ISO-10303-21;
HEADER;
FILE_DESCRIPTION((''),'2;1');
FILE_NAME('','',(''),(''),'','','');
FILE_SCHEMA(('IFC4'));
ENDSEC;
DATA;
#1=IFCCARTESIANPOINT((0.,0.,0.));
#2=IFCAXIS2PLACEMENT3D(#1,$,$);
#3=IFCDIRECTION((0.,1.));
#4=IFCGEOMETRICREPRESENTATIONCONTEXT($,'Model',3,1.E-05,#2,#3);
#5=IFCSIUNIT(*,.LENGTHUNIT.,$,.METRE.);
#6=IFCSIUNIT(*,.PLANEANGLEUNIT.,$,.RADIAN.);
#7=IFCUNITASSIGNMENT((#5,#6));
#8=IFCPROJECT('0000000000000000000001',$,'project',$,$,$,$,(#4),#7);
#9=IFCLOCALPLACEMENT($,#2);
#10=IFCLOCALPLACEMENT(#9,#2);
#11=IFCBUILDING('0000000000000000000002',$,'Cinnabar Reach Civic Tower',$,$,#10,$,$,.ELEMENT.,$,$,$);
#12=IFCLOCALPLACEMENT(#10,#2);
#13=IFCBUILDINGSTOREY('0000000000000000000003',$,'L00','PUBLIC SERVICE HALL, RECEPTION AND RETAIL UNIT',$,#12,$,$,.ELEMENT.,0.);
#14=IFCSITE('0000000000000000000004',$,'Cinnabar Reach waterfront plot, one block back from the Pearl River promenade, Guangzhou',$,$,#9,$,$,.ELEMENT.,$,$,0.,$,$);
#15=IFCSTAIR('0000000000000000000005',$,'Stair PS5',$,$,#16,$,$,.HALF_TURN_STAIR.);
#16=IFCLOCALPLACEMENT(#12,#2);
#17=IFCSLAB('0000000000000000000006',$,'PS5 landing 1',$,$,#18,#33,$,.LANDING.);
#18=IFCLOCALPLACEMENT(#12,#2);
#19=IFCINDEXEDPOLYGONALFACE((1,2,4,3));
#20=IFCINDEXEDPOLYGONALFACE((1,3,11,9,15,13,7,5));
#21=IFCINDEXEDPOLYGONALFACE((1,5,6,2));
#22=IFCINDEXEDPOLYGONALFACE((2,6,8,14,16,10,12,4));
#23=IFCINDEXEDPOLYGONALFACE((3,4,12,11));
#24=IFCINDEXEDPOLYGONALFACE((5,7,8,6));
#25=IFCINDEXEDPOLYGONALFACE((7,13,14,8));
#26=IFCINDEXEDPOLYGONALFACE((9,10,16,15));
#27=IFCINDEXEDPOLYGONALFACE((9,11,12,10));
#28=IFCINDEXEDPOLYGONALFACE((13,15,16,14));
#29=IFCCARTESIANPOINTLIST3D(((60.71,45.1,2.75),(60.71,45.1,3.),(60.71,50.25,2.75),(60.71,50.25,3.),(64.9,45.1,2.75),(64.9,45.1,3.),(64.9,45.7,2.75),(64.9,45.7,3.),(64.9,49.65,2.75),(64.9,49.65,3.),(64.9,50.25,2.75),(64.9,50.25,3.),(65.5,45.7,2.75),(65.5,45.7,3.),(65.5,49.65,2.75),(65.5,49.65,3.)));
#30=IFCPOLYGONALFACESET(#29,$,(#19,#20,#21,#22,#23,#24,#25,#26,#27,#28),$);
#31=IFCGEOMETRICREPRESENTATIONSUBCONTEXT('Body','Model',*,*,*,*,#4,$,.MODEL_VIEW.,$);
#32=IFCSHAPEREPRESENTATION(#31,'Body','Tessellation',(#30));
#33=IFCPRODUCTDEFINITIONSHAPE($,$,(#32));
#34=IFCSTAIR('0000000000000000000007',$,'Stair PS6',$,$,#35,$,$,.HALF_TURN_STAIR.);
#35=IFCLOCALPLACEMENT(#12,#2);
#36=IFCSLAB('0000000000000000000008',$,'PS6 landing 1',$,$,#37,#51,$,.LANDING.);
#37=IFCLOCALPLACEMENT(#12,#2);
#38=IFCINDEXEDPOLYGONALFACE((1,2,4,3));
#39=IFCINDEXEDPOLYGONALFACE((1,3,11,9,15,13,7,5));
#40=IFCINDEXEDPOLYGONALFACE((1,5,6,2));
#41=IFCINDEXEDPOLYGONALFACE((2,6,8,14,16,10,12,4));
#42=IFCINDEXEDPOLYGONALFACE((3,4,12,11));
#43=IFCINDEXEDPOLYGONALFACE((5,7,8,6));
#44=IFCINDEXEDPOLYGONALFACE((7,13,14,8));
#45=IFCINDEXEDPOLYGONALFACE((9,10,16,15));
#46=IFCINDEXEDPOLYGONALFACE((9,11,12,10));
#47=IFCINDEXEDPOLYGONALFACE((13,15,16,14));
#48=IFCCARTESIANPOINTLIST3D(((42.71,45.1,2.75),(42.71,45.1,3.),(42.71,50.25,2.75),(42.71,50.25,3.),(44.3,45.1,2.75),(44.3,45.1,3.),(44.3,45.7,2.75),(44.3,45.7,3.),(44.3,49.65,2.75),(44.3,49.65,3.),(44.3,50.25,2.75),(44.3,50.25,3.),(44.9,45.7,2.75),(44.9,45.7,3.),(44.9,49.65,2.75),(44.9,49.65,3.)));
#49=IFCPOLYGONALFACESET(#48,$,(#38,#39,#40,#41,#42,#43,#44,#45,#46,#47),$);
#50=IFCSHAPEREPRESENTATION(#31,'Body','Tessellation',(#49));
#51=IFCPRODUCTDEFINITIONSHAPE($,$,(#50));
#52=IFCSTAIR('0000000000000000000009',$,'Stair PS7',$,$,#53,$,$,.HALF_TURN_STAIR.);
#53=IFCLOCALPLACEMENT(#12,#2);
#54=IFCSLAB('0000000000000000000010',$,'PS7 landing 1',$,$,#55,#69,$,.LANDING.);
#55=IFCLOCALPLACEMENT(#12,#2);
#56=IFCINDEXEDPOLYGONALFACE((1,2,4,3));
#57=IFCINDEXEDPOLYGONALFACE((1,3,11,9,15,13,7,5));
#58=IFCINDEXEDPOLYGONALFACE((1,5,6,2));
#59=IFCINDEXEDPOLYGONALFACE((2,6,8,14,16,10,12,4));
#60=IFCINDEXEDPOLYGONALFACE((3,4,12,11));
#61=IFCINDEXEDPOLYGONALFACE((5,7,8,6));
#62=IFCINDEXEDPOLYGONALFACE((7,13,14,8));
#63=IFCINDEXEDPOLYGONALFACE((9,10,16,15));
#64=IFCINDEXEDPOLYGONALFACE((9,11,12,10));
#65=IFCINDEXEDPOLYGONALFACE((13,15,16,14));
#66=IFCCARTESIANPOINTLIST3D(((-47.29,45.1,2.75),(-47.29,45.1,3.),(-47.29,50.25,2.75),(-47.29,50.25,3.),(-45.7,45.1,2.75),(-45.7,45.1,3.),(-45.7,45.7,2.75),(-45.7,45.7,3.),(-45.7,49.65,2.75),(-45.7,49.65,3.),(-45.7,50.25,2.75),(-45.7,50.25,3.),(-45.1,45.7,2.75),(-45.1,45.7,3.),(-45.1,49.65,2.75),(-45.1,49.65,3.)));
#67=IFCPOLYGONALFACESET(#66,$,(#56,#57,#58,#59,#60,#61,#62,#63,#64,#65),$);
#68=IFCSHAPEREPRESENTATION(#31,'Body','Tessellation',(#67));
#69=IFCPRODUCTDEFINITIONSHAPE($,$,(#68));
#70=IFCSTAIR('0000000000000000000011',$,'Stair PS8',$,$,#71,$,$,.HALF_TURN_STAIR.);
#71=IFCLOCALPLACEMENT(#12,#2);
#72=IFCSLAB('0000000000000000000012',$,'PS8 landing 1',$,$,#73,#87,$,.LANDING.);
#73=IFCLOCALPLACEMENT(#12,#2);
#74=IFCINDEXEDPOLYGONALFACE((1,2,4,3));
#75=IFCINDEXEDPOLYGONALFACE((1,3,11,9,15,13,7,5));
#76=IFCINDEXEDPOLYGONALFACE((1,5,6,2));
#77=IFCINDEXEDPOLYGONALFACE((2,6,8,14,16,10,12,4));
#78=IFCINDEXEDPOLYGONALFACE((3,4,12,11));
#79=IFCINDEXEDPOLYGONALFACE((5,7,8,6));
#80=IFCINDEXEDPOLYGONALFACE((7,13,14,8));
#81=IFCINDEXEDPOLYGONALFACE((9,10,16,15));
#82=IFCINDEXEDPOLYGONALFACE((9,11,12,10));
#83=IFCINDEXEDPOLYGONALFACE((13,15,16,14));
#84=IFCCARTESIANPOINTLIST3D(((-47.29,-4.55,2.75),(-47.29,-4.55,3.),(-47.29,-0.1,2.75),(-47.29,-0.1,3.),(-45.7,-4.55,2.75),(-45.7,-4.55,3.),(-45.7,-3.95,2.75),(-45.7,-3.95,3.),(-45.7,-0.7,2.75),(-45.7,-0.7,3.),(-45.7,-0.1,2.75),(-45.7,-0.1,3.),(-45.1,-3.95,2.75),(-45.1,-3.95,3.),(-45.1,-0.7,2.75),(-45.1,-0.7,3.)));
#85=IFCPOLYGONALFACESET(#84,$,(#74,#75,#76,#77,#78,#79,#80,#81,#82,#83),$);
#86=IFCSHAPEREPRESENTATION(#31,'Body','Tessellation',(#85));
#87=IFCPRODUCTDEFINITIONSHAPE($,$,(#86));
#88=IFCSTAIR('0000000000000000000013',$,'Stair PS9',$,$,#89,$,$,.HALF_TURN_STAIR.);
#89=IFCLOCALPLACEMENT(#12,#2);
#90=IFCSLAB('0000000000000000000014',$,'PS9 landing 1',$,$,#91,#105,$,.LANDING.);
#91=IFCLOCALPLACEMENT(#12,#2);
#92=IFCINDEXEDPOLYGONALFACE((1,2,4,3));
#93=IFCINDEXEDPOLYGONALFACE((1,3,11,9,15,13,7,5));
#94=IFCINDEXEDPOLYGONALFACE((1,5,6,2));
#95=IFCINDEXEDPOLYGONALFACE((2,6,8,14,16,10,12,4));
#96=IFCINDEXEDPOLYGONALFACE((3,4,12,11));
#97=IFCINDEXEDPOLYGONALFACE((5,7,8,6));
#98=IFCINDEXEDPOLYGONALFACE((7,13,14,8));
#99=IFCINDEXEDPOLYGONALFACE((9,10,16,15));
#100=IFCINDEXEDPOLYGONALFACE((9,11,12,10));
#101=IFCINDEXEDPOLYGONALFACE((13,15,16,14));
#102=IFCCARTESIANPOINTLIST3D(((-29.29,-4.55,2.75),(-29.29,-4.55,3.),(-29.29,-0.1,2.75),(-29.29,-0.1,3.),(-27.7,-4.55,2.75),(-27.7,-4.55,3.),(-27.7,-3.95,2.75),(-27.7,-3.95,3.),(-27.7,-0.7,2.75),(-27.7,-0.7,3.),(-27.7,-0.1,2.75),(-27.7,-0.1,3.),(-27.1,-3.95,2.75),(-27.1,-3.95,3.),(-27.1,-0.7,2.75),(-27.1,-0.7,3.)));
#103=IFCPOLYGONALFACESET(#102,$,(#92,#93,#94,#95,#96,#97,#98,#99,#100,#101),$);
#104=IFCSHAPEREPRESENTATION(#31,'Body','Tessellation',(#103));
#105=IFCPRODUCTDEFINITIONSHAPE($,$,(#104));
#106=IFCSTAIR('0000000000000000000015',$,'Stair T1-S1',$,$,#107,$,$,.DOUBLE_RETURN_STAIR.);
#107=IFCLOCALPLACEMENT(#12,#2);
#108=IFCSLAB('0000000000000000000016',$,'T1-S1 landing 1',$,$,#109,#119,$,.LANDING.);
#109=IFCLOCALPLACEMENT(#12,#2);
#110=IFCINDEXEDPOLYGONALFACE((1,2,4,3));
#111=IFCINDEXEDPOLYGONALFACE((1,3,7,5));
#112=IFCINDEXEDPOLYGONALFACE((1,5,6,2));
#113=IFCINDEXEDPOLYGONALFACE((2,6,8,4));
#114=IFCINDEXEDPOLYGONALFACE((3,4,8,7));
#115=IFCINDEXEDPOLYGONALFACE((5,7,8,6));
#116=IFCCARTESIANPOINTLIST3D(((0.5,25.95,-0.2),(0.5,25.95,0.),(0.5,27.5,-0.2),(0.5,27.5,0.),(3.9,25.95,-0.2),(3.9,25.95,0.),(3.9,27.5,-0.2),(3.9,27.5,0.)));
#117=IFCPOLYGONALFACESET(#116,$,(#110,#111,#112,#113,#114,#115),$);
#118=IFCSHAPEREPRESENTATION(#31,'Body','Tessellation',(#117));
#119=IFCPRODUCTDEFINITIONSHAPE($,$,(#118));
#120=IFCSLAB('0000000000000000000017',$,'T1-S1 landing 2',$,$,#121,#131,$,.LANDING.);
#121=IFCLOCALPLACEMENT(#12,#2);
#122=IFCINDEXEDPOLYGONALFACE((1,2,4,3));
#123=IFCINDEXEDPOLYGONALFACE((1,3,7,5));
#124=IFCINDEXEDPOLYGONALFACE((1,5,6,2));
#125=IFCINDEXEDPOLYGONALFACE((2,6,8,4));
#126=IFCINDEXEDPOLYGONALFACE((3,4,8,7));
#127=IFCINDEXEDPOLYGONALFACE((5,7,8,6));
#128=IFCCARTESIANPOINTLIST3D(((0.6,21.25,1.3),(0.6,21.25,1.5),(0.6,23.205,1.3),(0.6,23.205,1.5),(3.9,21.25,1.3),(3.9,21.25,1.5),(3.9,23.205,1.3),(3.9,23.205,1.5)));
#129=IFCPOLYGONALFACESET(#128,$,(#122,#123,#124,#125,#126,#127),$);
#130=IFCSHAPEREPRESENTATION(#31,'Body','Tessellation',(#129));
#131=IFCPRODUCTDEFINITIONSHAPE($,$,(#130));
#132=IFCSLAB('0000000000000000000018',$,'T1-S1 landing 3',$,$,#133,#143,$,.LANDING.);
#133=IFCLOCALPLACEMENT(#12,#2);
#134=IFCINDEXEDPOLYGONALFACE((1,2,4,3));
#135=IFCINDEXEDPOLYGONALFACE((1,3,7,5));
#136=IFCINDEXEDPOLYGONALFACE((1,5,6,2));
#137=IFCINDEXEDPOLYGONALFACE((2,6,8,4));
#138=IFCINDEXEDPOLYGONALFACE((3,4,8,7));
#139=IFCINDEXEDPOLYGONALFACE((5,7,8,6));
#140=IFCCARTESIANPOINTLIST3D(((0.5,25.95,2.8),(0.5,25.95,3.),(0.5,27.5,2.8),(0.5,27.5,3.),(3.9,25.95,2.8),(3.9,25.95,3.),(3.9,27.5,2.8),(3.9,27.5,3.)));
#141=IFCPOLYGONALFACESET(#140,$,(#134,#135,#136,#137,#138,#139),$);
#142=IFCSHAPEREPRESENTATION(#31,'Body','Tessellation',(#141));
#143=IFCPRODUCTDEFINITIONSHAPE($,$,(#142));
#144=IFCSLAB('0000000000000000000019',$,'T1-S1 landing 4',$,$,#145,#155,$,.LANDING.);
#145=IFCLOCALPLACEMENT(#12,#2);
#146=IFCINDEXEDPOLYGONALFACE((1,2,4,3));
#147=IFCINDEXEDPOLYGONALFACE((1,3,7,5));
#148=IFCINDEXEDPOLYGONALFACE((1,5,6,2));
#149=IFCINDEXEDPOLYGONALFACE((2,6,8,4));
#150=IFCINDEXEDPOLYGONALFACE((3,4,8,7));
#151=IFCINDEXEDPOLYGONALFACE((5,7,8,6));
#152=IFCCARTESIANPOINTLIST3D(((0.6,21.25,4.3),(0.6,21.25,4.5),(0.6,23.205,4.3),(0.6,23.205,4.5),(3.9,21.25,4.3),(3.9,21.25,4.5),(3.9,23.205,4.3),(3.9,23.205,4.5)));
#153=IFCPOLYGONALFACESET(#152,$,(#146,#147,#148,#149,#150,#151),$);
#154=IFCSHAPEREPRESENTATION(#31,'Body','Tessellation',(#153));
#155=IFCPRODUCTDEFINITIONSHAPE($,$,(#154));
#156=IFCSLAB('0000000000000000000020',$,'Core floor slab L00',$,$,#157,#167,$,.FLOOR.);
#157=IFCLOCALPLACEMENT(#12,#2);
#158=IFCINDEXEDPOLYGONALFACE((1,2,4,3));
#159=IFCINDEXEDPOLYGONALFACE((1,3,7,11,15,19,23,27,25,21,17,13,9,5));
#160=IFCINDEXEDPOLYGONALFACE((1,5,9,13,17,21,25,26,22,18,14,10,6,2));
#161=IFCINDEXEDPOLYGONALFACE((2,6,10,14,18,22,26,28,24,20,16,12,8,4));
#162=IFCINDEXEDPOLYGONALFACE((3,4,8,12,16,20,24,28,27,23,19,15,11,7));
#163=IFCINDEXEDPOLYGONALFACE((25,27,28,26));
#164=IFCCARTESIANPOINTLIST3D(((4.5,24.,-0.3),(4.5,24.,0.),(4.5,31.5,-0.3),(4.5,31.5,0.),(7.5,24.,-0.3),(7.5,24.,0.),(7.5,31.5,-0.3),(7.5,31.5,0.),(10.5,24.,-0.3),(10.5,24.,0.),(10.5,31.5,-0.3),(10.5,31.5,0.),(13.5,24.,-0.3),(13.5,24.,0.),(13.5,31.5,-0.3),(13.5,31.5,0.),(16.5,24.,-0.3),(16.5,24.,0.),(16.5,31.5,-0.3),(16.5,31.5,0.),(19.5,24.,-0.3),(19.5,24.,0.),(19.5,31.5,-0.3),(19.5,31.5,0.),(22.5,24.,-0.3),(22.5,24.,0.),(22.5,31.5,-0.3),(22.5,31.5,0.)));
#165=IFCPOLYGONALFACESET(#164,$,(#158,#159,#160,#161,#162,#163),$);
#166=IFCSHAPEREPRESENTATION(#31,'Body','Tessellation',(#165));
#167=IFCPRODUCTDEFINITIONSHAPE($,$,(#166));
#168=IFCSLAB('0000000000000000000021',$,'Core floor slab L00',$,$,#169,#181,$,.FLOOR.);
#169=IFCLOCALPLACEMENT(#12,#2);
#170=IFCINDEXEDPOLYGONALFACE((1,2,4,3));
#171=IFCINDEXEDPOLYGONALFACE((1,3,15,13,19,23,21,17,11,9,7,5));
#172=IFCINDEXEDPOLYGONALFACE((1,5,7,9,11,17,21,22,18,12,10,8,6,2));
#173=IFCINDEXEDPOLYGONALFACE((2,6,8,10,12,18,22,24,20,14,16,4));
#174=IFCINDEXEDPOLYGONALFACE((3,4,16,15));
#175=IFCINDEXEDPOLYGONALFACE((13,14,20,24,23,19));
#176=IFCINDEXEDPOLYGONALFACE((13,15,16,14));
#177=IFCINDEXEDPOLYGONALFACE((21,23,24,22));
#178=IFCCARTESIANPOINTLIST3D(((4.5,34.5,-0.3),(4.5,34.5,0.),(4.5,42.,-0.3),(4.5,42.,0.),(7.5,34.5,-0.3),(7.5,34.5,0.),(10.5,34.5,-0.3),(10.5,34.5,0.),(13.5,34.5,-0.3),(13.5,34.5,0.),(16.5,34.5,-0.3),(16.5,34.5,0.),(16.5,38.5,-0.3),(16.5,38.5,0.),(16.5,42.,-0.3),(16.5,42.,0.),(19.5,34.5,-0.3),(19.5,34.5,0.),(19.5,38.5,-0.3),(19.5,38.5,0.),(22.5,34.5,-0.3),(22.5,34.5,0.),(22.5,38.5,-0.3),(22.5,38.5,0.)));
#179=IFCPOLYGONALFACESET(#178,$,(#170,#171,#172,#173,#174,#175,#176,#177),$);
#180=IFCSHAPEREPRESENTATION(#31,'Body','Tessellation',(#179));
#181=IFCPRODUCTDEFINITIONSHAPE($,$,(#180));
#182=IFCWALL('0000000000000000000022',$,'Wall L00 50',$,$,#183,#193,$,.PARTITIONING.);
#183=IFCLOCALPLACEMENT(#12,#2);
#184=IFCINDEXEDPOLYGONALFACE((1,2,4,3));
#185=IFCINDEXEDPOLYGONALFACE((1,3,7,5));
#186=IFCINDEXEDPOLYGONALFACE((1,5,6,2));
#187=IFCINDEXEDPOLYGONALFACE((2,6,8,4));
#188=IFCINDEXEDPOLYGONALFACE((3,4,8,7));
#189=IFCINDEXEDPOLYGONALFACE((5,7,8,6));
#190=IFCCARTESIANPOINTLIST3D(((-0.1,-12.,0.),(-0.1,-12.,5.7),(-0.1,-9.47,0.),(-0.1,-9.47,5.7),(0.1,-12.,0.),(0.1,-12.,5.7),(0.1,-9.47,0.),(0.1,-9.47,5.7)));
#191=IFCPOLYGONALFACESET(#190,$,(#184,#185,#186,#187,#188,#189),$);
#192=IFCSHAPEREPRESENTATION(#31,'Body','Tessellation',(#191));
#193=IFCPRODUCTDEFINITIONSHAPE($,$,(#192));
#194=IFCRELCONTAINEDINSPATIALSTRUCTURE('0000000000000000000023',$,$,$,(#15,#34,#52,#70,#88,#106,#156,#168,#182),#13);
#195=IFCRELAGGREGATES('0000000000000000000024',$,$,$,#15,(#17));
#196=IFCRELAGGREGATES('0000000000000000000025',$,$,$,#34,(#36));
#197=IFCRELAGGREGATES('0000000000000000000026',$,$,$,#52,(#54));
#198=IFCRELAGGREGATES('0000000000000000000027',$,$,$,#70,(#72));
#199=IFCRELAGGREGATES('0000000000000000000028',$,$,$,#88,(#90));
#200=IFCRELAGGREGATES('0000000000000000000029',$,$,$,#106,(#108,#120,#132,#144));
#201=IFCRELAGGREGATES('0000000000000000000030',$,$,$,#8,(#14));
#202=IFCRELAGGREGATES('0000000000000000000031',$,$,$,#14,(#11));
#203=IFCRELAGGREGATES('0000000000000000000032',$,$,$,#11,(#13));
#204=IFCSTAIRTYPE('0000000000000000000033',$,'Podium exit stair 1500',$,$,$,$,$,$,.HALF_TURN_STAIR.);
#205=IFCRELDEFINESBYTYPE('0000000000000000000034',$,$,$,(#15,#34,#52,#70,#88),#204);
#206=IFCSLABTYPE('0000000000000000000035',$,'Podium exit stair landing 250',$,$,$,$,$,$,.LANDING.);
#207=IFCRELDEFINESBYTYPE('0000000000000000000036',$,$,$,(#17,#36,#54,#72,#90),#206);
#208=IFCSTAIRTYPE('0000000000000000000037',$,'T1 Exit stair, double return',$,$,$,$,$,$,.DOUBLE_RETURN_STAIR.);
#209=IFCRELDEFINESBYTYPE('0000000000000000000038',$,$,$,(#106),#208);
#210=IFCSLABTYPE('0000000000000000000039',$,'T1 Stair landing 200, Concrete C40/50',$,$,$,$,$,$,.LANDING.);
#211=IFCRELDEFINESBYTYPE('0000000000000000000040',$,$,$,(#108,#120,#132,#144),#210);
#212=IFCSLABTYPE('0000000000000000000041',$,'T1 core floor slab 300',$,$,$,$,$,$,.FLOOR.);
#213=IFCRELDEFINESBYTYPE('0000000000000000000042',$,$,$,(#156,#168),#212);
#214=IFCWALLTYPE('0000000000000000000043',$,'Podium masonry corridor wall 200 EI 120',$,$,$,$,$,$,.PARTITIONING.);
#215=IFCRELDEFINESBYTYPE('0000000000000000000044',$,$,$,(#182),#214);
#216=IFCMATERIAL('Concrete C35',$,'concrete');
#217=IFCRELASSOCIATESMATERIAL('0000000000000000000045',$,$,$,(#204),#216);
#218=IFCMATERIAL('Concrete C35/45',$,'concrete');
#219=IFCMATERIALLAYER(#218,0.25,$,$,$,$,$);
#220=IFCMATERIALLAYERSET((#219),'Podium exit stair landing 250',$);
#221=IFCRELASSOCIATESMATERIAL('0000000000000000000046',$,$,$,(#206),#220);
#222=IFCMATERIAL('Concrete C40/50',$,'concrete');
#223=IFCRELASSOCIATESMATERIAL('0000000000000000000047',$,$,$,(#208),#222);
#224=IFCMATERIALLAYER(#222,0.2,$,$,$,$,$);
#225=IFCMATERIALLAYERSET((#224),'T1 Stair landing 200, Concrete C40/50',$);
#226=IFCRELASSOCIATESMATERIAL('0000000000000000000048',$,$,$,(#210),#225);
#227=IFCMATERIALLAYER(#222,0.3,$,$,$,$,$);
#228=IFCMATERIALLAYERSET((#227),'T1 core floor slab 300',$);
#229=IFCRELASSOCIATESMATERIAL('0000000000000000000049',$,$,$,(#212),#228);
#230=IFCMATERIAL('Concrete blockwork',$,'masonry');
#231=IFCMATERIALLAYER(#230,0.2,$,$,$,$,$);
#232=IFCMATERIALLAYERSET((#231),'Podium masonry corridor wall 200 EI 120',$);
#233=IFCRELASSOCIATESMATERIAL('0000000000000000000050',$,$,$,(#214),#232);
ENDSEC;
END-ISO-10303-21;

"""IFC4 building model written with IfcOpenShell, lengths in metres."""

from ifc_helpers import new_model, si_unit, direction, frame, frame_2d, origin, place, context, subcontext, project, spatial, polyline, rectangle, outline, extrude, material, layer, layer_set, type_object, element, aggregate, save


model = new_model("IFC4")

# Units and contexts
model_context = context("Model", 3, precision=1e-05, world=origin(), true_north=direction((0.0, 1.0)))
body_context = subcontext(model_context, "Body", "Model", "MODEL_VIEW")
ifc_project = project(units=[si_unit("LENGTHUNIT", "METRE"), si_unit("PLANEANGLEUNIT", "RADIAN")], contexts=[model_context])

# Site, building, storey
site_placement = place(None, origin())
site = spatial("IfcSite", under=ifc_project, at=site_placement, Name="Cinnabar Reach waterfront plot, one block back from the Pearl River promenade, Guangzhou", CompositionType="ELEMENT", RefElevation=0.0)
building_placement = place(site_placement, origin())
building = spatial("IfcBuilding", under=site, at=building_placement, Name="Cinnabar Reach Civic Tower", CompositionType="ELEMENT")
storey_placement = place(building_placement, origin())
storey = spatial("IfcBuildingStorey", under=building, at=storey_placement, Name="L00", Description="PUBLIC SERVICE HALL, RECEPTION AND RETAIL UNIT", CompositionType="ELEMENT", Elevation=0.0)

# Stairs, slabs
ifc_material_1 = material(Name="Concrete C35", Category="concrete")
stair_type_1 = type_object("IfcStairType", Name="Podium exit stair 1500", PredefinedType="HALF_TURN_STAIR", material=ifc_material_1)
stair_1_placement = place(storey_placement, origin())
stair_1 = element("IfcStair", 1, at=stair_1_placement, inside=storey, type_object=stair_type_1, Name="Stair PS5", PredefinedType="HALF_TURN_STAIR")
ifc_material_2 = material(Name="Concrete C35/45", Category="concrete")
ifc_layer_1 = layer(ifc_material_2, 0.25)
ifc_layer_set_1 = layer_set([ifc_layer_1], Name="Podium exit stair landing 250")
slab_type_1 = type_object("IfcSlabType", Name="Podium exit stair landing 250", PredefinedType="LANDING", material=ifc_layer_set_1)
slab_1_placement = place(storey_placement, frame((0.0, 0.0, 2.75)))
slab_1 = element("IfcSlab", 2, at=slab_1_placement, type_object=slab_type_1, Name="PS5 landing 1", PredefinedType="LANDING", context=body_context, shape_type="SweptSolid", body=[
    extrude(outline(polyline([(65.5, 45.7), (64.9, 45.7), (64.9, 45.1), (60.71, 45.1), (60.71, 50.25), (64.9, 50.25), (64.9, 49.65), (65.5, 49.65), (65.5, 45.7)])), origin(), (0.0, 0.0, 1.0), 0.25),
])
aggregate(stair_1, [slab_1])
stair_2_placement = place(storey_placement, origin())
stair_2 = element("IfcStair", 3, at=stair_2_placement, inside=storey, type_object=stair_type_1, Name="Stair PS6", PredefinedType="HALF_TURN_STAIR")
slab_2_placement = place(storey_placement, frame((0.0, 0.0, 2.75)))
slab_2 = element("IfcSlab", 4, at=slab_2_placement, type_object=slab_type_1, Name="PS6 landing 1", PredefinedType="LANDING", context=body_context, shape_type="SweptSolid", body=[
    extrude(outline(polyline([(44.9, 45.7), (44.3, 45.7), (44.3, 45.1), (42.71, 45.1), (42.71, 50.25), (44.3, 50.25), (44.3, 49.65), (44.9, 49.65), (44.9, 45.7)])), origin(), (0.0, 0.0, 1.0), 0.25),
])
aggregate(stair_2, [slab_2])
stair_3_placement = place(storey_placement, origin())
stair_3 = element("IfcStair", 5, at=stair_3_placement, inside=storey, type_object=stair_type_1, Name="Stair PS7", PredefinedType="HALF_TURN_STAIR")
slab_3_placement = place(storey_placement, frame((0.0, 0.0, 2.75)))
slab_3 = element("IfcSlab", 6, at=slab_3_placement, type_object=slab_type_1, Name="PS7 landing 1", PredefinedType="LANDING", context=body_context, shape_type="SweptSolid", body=[
    extrude(outline(polyline([(-45.1, 45.7), (-45.7, 45.7), (-45.7, 45.1), (-47.29, 45.1), (-47.29, 50.25), (-45.7, 50.25), (-45.7, 49.65), (-45.1, 49.65), (-45.1, 45.7)])), origin(), (0.0, 0.0, 1.0), 0.25),
])
aggregate(stair_3, [slab_3])
stair_4_placement = place(storey_placement, origin())
stair_4 = element("IfcStair", 7, at=stair_4_placement, inside=storey, type_object=stair_type_1, Name="Stair PS8", PredefinedType="HALF_TURN_STAIR")
slab_4_placement = place(storey_placement, frame((0.0, 0.0, 2.75)))
slab_4 = element("IfcSlab", 8, at=slab_4_placement, type_object=slab_type_1, Name="PS8 landing 1", PredefinedType="LANDING", context=body_context, shape_type="SweptSolid", body=[
    extrude(outline(polyline([(-45.1, -3.95), (-45.7, -3.95), (-45.7, -4.55), (-47.29, -4.55), (-47.29, -0.1), (-45.7, -0.1), (-45.7, -0.7), (-45.1, -0.7), (-45.1, -3.95)])), origin(), (0.0, 0.0, 1.0), 0.25),
])
aggregate(stair_4, [slab_4])
stair_5_placement = place(storey_placement, origin())
stair_5 = element("IfcStair", 9, at=stair_5_placement, inside=storey, type_object=stair_type_1, Name="Stair PS9", PredefinedType="HALF_TURN_STAIR")
slab_5_placement = place(storey_placement, frame((0.0, 0.0, 2.75)))
slab_5 = element("IfcSlab", 10, at=slab_5_placement, type_object=slab_type_1, Name="PS9 landing 1", PredefinedType="LANDING", context=body_context, shape_type="SweptSolid", body=[
    extrude(outline(polyline([(-27.1, -3.95), (-27.7, -3.95), (-27.7, -4.55), (-29.29, -4.55), (-29.29, -0.1), (-27.7, -0.1), (-27.7, -0.7), (-27.1, -0.7), (-27.1, -3.95)])), origin(), (0.0, 0.0, 1.0), 0.25),
])
aggregate(stair_5, [slab_5])

# Stair, slabs
ifc_material_3 = material(Name="Concrete C40/50", Category="concrete")
stair_type_2 = type_object("IfcStairType", Name="T1 Exit stair, double return", PredefinedType="DOUBLE_RETURN_STAIR", material=ifc_material_3)
stair_6_placement = place(storey_placement, origin())
stair_6 = element("IfcStair", 11, at=stair_6_placement, inside=storey, type_object=stair_type_2, Name="Stair T1-S1", PredefinedType="DOUBLE_RETURN_STAIR")
ifc_layer_2 = layer(ifc_material_3, 0.2)
ifc_layer_set_2 = layer_set([ifc_layer_2], Name="T1 Stair landing 200, Concrete C40/50")
slab_type_2 = type_object("IfcSlabType", Name="T1 Stair landing 200, Concrete C40/50", PredefinedType="LANDING", material=ifc_layer_set_2)
slab_6_placement = place(storey_placement, frame((0.0, 0.0, -0.2)))
slab_6 = element("IfcSlab", 12, at=slab_6_placement, type_object=slab_type_2, Name="T1-S1 landing 1", PredefinedType="LANDING", context=body_context, shape_type="SweptSolid", body=[
    extrude(outline(polyline([(3.9, 25.95), (3.9, 27.5), (0.5, 27.5), (0.5, 25.95), (3.9, 25.95)])), origin(), (0.0, 0.0, 1.0), 0.2),
])
slab_7_placement = place(storey_placement, frame((0.0, 0.0, 1.3)))
slab_7 = element("IfcSlab", 13, at=slab_7_placement, type_object=slab_type_2, Name="T1-S1 landing 2", PredefinedType="LANDING", context=body_context, shape_type="SweptSolid", body=[
    extrude(outline(polyline([(3.9, 21.25), (3.9, 23.205), (0.6, 23.205), (0.6, 21.25), (3.9, 21.25)])), origin(), (0.0, 0.0, 1.0), 0.2),
])
slab_8_placement = place(storey_placement, frame((0.0, 0.0, 2.8)))
slab_8 = element("IfcSlab", 14, at=slab_8_placement, type_object=slab_type_2, Name="T1-S1 landing 3", PredefinedType="LANDING", context=body_context, shape_type="SweptSolid", body=[
    extrude(outline(polyline([(3.9, 25.95), (3.9, 27.5), (0.5, 27.5), (0.5, 25.95), (3.9, 25.95)])), origin(), (0.0, 0.0, 1.0), 0.2),
])
slab_9_placement = place(storey_placement, frame((0.0, 0.0, 4.3)))
slab_9 = element("IfcSlab", 15, at=slab_9_placement, type_object=slab_type_2, Name="T1-S1 landing 4", PredefinedType="LANDING", context=body_context, shape_type="SweptSolid", body=[
    extrude(outline(polyline([(3.9, 21.25), (3.9, 23.205), (0.6, 23.205), (0.6, 21.25), (3.9, 21.25)])), origin(), (0.0, 0.0, 1.0), 0.2),
])
aggregate(stair_6, [slab_6, slab_7, slab_8, slab_9])

# Slabs
ifc_layer_3 = layer(ifc_material_3, 0.3)
ifc_layer_set_3 = layer_set([ifc_layer_3], Name="T1 core floor slab 300")
slab_type_3 = type_object("IfcSlabType", Name="T1 core floor slab 300", PredefinedType="FLOOR", material=ifc_layer_set_3)
slab_10_placement = place(storey_placement, frame((0.0, 0.0, -0.3)))
element("IfcSlab", 16, at=slab_10_placement, inside=storey, type_object=slab_type_3, Name="Core floor slab L00", PredefinedType="FLOOR", context=body_context, shape_type="SweptSolid", body=[
    extrude(outline(polyline([(22.5, 24.0), (19.5, 24.0), (16.5, 24.0), (13.5, 24.0), (10.5, 24.0), (7.5, 24.0), (4.5, 24.0), (4.5, 31.5), (7.5, 31.5), (10.5, 31.5), (13.5, 31.5), (16.5, 31.5), (19.5, 31.5), (22.5, 31.5), (22.5, 24.0)])), origin(), (0.0, 0.0, 1.0), 0.3),
])
slab_11_placement = place(storey_placement, frame((0.0, 0.0, -0.3)))
element("IfcSlab", 17, at=slab_11_placement, inside=storey, type_object=slab_type_3, Name="Core floor slab L00", PredefinedType="FLOOR", context=body_context, shape_type="SweptSolid", body=[
    extrude(outline(polyline([(22.5, 34.5), (19.5, 34.5), (16.5, 34.5), (13.5, 34.5), (10.5, 34.5), (7.5, 34.5), (4.5, 34.5), (4.5, 42.0), (16.5, 42.0), (16.5, 38.5), (19.5, 38.5), (22.5, 38.5), (22.5, 34.5)])), origin(), (0.0, 0.0, 1.0), 0.3),
])

# Wall
ifc_material_4 = material(Name="Concrete blockwork", Category="masonry")
ifc_layer_4 = layer(ifc_material_4, 0.2)
ifc_layer_set_4 = layer_set([ifc_layer_4], Name="Podium masonry corridor wall 200 EI 120")
wall_type = type_object("IfcWallType", Name="Podium masonry corridor wall 200 EI 120", PredefinedType="PARTITIONING", material=ifc_layer_set_4)
wall_1_placement = place(storey_placement, frame((0.0, -12.0, 0.0), z_axis=(0.0, 0.0, 1.0), x_axis=(0.0, 1.0, 0.0)))
element("IfcWall", 18, at=wall_1_placement, inside=storey, type_object=wall_type, Name="Wall L00 50", PredefinedType="PARTITIONING", context=body_context, shape_type="SweptSolid", body=[
    extrude(rectangle(XDim=2.53, YDim=0.2, at=frame_2d((1.265, 0.0))), origin(), (0.0, 0.0, 1.0), 5.7),
])

save(model, "model.ifc")
